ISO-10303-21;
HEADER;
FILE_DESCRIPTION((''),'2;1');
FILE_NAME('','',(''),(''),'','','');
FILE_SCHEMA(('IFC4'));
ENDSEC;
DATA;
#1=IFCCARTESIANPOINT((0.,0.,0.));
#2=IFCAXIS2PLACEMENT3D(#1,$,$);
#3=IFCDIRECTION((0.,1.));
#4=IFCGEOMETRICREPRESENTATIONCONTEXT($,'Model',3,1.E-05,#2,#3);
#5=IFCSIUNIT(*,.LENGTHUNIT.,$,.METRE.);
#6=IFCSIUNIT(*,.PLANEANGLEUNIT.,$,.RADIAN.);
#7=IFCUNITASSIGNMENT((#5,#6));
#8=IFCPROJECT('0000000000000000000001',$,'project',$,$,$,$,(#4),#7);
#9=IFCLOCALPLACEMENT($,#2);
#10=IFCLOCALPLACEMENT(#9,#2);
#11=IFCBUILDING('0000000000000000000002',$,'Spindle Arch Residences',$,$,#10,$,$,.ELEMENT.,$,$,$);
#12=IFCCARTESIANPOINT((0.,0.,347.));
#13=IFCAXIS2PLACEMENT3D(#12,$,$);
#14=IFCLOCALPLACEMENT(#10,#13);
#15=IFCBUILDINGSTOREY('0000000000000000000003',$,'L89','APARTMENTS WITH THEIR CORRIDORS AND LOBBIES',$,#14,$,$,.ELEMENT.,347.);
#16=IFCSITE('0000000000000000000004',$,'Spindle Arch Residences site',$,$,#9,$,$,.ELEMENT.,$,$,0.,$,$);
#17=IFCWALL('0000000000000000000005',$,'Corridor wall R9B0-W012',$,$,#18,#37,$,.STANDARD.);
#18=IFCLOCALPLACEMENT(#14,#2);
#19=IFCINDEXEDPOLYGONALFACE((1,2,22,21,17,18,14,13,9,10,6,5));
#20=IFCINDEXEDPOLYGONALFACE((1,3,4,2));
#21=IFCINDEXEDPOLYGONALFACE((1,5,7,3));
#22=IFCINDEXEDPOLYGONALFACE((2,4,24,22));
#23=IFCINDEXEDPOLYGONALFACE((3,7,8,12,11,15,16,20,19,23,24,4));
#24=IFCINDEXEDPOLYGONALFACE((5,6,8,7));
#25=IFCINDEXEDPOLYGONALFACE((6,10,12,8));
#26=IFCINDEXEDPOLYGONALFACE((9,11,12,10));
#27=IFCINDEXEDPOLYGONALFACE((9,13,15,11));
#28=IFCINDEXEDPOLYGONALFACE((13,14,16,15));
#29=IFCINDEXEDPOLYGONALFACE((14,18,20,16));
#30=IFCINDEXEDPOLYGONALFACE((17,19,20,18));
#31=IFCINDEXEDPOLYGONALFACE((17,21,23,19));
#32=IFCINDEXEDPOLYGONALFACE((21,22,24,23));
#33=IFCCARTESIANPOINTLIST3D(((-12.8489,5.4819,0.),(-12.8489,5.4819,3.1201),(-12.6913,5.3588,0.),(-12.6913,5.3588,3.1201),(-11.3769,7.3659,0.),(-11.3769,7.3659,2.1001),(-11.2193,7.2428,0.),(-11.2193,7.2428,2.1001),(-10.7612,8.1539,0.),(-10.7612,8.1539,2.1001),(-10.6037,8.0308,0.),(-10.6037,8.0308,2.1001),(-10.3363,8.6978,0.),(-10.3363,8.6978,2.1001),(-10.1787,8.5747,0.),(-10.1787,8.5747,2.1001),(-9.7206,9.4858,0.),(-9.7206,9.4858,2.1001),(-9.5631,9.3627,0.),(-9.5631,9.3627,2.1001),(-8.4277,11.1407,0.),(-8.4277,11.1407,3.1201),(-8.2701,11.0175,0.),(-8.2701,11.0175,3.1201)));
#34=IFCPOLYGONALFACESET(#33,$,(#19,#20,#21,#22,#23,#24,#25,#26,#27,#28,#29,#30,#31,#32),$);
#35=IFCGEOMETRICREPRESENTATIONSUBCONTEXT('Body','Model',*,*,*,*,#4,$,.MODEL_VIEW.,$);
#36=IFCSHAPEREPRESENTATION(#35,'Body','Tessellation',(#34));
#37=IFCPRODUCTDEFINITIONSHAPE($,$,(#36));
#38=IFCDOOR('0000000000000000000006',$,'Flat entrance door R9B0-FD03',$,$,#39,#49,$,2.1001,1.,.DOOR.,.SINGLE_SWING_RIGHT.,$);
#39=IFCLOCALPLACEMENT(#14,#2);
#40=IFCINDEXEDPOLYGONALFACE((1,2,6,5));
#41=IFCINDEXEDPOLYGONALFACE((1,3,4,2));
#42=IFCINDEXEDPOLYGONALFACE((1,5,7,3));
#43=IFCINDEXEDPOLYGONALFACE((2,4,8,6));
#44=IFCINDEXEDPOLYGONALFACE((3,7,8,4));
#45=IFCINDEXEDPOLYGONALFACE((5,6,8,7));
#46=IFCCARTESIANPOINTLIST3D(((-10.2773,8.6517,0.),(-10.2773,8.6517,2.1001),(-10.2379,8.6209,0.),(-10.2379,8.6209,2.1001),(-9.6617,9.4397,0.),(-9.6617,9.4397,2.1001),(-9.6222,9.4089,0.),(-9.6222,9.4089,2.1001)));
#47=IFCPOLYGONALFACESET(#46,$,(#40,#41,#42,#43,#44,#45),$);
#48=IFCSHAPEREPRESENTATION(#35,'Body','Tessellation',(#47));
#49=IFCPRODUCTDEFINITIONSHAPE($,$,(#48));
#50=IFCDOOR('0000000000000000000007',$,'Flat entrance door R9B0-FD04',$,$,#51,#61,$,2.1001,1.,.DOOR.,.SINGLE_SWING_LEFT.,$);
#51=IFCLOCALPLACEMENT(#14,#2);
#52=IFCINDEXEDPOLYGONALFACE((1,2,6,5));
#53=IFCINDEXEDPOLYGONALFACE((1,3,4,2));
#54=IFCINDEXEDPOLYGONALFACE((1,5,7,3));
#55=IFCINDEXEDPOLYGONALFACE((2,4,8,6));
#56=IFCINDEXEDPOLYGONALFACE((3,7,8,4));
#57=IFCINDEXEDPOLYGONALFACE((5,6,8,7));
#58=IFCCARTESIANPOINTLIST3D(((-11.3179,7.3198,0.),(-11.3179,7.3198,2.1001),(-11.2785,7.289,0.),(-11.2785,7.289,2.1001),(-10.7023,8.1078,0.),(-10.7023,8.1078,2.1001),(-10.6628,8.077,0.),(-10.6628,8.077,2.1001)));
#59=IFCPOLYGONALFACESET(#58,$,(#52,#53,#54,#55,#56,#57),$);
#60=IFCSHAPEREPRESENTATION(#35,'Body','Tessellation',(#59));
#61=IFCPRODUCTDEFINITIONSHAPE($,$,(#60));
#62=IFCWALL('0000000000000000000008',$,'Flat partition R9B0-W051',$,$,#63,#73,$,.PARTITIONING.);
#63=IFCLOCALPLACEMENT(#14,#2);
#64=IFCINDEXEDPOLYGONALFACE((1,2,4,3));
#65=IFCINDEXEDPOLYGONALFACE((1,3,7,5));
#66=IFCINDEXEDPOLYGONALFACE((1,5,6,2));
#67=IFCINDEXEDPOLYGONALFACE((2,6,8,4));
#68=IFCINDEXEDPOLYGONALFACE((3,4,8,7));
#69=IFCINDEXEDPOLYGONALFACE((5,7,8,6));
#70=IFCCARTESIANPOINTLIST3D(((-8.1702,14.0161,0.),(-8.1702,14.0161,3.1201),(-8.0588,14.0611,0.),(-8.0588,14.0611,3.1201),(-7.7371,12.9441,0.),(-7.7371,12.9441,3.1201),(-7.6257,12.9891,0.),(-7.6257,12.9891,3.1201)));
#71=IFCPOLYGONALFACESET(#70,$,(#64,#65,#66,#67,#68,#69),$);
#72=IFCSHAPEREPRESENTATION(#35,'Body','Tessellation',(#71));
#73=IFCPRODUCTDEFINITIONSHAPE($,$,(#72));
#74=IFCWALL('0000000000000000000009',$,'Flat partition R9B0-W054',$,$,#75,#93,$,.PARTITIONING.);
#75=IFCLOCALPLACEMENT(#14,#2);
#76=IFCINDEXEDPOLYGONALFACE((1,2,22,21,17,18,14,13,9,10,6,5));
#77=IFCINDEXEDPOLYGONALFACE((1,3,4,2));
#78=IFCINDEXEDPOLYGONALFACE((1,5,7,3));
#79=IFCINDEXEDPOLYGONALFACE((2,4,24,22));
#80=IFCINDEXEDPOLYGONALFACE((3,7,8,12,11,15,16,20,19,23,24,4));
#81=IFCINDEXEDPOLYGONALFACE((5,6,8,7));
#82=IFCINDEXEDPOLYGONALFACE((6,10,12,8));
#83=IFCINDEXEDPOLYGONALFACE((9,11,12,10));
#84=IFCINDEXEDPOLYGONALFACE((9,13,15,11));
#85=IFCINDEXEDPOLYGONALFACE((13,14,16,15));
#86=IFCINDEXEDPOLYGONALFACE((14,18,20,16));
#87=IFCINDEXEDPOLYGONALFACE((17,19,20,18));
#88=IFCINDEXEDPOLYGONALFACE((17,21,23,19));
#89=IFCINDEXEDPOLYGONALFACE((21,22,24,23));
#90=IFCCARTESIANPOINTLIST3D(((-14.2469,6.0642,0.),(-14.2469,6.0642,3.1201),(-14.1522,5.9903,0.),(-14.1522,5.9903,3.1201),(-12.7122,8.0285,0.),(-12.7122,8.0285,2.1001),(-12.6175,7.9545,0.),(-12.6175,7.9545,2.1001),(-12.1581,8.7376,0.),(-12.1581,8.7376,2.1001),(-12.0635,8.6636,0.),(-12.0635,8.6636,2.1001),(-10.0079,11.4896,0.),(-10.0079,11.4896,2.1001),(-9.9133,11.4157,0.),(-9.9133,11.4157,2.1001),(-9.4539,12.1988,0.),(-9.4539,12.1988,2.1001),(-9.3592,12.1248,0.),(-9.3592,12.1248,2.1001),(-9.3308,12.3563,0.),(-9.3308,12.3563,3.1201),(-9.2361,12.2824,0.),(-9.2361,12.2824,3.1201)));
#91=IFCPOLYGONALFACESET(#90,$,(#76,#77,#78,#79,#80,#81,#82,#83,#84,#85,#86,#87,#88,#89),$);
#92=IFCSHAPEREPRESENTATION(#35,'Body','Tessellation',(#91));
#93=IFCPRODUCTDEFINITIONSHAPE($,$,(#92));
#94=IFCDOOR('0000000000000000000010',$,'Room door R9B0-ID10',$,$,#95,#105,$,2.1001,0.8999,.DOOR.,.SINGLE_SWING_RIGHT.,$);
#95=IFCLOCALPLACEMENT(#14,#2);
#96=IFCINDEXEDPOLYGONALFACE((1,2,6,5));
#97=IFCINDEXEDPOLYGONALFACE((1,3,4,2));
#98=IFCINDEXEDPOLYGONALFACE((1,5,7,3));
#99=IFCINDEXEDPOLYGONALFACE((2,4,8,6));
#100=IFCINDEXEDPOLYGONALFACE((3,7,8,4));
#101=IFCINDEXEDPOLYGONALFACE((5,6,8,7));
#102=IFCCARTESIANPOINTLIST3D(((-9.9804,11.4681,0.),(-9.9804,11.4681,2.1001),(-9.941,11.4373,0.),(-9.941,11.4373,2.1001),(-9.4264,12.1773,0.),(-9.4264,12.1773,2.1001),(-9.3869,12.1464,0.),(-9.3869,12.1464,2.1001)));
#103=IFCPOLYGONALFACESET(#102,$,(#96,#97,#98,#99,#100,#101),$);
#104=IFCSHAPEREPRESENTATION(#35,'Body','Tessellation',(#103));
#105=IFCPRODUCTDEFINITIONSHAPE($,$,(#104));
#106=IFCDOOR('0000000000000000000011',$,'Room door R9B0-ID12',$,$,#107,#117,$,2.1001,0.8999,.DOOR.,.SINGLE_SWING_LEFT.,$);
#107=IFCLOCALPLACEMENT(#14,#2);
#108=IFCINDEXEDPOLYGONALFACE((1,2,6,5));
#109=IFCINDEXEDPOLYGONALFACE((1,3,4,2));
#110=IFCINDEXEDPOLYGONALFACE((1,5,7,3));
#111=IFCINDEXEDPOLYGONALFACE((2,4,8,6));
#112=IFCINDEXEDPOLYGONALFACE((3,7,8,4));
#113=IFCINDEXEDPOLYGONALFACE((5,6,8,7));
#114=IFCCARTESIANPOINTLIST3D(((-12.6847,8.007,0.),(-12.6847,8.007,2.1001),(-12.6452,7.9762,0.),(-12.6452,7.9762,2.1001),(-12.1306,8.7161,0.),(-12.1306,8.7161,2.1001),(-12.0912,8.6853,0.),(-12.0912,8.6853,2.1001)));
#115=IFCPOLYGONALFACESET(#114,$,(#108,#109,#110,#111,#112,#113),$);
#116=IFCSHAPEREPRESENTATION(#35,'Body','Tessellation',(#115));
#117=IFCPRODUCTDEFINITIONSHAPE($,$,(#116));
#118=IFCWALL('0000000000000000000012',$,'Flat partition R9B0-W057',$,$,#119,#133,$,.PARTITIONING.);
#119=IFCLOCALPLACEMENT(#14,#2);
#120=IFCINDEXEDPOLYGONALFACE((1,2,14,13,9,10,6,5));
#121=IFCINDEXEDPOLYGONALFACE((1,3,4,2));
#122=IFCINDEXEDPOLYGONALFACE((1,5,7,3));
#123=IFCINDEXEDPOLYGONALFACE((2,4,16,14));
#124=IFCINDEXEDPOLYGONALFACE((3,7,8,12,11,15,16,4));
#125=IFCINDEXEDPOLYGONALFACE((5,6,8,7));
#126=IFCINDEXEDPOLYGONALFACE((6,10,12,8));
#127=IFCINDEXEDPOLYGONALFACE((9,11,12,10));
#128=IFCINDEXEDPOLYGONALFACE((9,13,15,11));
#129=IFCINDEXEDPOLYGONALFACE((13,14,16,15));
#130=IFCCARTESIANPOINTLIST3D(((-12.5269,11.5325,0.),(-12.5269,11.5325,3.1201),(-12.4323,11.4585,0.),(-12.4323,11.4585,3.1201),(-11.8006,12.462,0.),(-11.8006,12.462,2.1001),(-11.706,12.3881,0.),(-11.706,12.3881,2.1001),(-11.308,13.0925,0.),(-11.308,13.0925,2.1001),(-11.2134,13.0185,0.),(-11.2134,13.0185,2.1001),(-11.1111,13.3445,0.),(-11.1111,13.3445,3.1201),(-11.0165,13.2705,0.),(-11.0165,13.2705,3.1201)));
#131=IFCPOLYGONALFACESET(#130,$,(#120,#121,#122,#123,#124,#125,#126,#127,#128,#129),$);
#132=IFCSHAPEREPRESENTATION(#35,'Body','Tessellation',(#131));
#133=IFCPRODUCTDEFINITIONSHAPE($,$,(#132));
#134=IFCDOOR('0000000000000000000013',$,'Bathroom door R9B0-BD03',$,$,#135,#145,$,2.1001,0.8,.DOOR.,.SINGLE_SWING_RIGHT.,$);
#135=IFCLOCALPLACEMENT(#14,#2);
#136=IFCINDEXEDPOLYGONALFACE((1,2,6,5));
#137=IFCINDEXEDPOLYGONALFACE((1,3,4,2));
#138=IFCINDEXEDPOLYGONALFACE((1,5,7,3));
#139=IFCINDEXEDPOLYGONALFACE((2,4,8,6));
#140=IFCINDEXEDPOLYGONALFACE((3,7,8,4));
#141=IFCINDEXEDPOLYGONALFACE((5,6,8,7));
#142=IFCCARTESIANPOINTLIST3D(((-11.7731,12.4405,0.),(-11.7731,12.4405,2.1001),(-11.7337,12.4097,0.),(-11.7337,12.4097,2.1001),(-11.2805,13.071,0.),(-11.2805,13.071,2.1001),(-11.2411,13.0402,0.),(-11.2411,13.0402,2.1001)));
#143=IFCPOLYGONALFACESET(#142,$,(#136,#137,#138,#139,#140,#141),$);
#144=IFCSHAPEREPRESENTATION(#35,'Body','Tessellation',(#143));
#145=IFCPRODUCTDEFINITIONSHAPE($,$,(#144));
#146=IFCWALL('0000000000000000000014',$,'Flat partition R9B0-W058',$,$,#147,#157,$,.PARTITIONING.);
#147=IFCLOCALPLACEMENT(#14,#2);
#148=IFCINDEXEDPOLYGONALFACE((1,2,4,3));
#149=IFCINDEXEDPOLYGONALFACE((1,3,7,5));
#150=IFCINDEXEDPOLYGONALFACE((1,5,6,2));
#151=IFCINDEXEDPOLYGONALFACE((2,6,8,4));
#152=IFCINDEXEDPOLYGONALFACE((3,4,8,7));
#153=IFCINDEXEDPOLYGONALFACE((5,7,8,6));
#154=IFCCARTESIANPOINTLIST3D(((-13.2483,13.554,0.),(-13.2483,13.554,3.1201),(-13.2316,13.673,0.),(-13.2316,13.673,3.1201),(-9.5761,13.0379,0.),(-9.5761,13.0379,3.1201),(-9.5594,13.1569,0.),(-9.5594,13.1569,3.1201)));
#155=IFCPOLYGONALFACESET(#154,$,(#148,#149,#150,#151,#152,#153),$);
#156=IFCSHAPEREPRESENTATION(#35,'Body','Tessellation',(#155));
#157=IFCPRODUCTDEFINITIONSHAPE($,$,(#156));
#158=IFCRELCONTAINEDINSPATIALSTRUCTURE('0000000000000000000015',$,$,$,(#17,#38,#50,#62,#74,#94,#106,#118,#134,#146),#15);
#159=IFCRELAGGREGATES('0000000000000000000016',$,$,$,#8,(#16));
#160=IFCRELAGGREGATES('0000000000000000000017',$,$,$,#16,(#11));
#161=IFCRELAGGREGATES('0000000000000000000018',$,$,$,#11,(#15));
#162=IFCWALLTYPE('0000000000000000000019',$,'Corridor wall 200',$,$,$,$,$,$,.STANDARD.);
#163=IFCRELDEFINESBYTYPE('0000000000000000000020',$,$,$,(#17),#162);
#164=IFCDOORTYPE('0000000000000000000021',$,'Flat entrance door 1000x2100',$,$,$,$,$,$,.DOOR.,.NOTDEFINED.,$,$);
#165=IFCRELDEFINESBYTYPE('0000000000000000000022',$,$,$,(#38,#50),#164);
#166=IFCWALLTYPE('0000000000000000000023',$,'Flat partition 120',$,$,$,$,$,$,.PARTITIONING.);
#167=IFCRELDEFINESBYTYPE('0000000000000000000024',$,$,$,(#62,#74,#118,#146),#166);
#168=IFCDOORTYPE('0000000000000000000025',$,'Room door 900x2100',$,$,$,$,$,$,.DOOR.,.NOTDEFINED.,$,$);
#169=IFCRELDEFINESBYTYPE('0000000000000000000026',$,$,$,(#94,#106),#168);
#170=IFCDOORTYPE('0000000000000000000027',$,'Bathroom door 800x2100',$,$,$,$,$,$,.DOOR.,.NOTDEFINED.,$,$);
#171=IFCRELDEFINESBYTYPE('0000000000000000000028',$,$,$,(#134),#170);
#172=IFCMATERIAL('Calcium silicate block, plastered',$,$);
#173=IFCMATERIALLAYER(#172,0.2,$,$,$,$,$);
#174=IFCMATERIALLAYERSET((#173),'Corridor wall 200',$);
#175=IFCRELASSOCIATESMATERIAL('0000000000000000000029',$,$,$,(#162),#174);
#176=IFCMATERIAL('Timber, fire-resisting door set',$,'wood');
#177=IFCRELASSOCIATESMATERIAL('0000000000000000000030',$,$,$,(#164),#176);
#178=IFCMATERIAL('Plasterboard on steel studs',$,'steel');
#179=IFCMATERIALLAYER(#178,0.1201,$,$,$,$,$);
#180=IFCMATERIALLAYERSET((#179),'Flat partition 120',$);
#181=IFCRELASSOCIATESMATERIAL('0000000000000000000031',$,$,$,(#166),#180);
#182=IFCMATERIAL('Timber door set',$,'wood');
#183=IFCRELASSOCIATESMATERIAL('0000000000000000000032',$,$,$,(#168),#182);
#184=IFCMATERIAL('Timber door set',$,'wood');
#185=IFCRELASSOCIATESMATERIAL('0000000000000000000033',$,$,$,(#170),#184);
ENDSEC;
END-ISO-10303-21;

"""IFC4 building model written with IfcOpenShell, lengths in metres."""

from ifc_helpers import new_model, si_unit, direction, frame, frame_2d, origin, place, context, subcontext, project, spatial, rectangle, extrude, material, layer, layer_set, type_object, element, fill, save


model = new_model("IFC4")

# Units and contexts
model_context = context("Model", 3, precision=1e-05, world=origin(), true_north=direction((0.0, 1.0)))
body_context = subcontext(model_context, "Body", "Model", "MODEL_VIEW")
ifc_project = project(units=[si_unit("LENGTHUNIT", "METRE"), si_unit("PLANEANGLEUNIT", "RADIAN")], contexts=[model_context])

# Site, building, storey
site_placement = place(None, origin())
site = spatial("IfcSite", under=ifc_project, at=site_placement, Name="Spindle Arch Residences site", CompositionType="ELEMENT", RefElevation=0.0)
building_placement = place(site_placement, origin())
building = spatial("IfcBuilding", under=site, at=building_placement, Name="Spindle Arch Residences", CompositionType="ELEMENT")
storey_placement = place(building_placement, frame((0.0, 0.0, 347.0)))
storey = spatial("IfcBuildingStorey", under=building, at=storey_placement, Name="L89", Description="APARTMENTS WITH THEIR CORRIDORS AND LOBBIES", CompositionType="ELEMENT", Elevation=347.0)

# Wall, openings, doors
ifc_material_1 = material(Name="Calcium silicate block, plastered")
ifc_layer_1 = layer(ifc_material_1, 0.2)
ifc_layer_set_1 = layer_set([ifc_layer_1], Name="Corridor wall 200")
wall_type_1 = type_object("IfcWallType", Name="Corridor wall 200", PredefinedType="STANDARD", material=ifc_layer_set_1)
wall_1_placement = place(storey_placement, frame((-8.3489, 11.0791, 0.0), z_axis=(0.0, 0.0, 1.0), x_axis=(-0.615669, -0.788005, 0.0)))
wall_1 = element("IfcWall", 1, at=wall_1_placement, inside=storey, type_object=wall_type_1, Name="Corridor wall R9B0-W012", PredefinedType="STANDARD", context=body_context, shape_type="SweptSolid", body=[
    extrude(rectangle(XDim=7.1812, YDim=0.2, at=frame_2d((3.5906, 0.0))), origin(), (0.0, 0.0, 1.0), 3.1201),
])
opening_1_placement = place(wall_1_placement, frame((2.1001, 0.0, 0.0)))
opening_1 = element("IfcOpeningElement", 2, at=opening_1_placement, cuts=wall_1, PredefinedType="OPENING", context=body_context, shape_type="SweptSolid", body=[
    extrude(rectangle(XDim=1.0, YDim=2.1001, at=frame_2d((0.5, 1.05))), frame((0.0, 0.1099, 0.0), z_axis=(0.0, -1.0, 0.0), x_axis=(1.0, 0.0, 0.0)), (0.0, 0.0, 1.0), 0.22),
])
opening_2_placement = place(wall_1_placement, frame((3.7903, 0.0, 0.0)))
opening_2 = element("IfcOpeningElement", 3, at=opening_2_placement, cuts=wall_1, PredefinedType="OPENING", context=body_context, shape_type="SweptSolid", body=[
    extrude(rectangle(XDim=1.0, YDim=2.1001, at=frame_2d((0.5, 1.05))), frame((0.0, 0.1099, 0.0), z_axis=(0.0, -1.0, 0.0), x_axis=(1.0, 0.0, 0.0)), (0.0, 0.0, 1.0), 0.22),
])
ifc_material_2 = material(Name="Timber, fire-resisting door set", Category="wood")
door_type_1 = type_object("IfcDoorType", Name="Flat entrance door 1000x2100", OperationType="NOTDEFINED", PredefinedType="DOOR", material=ifc_material_2)
door_1_placement = place(opening_1_placement, origin())
door_1 = element("IfcDoor", 4, at=door_1_placement, inside=storey, type_object=door_type_1, Name="Flat entrance door R9B0-FD03", OperationType="SINGLE_SWING_RIGHT", OverallHeight=2.1001, OverallWidth=1.0, PredefinedType="DOOR", context=body_context, shape_type="SweptSolid", body=[
    extrude(rectangle(XDim=1.0, YDim=2.1001, at=frame_2d((0.5, 1.05))), frame((0.0, 0.0249, 0.0), z_axis=(0.0, -1.0, 0.0), x_axis=(1.0, 0.0, 0.0)), (0.0, 0.0, 1.0), 0.05),
])
fill(opening_1, door_1)
door_2_placement = place(opening_2_placement, origin())
door_2 = element("IfcDoor", 5, at=door_2_placement, inside=storey, type_object=door_type_1, Name="Flat entrance door R9B0-FD04", OperationType="SINGLE_SWING_LEFT", OverallHeight=2.1001, OverallWidth=1.0, PredefinedType="DOOR", context=body_context, shape_type="SweptSolid", body=[
    extrude(rectangle(XDim=1.0, YDim=2.1001, at=frame_2d((0.5, 1.05))), frame((0.0, 0.0249, 0.0), z_axis=(0.0, -1.0, 0.0), x_axis=(1.0, 0.0, 0.0)), (0.0, 0.0, 1.0), 0.05),
])
fill(opening_2, door_2)

# Wall
ifc_material_3 = material(Name="Plasterboard on steel studs", Category="steel")
ifc_layer_2 = layer(ifc_material_3, 0.1201)
ifc_layer_set_2 = layer_set([ifc_layer_2], Name="Flat partition 120")
wall_type_2 = type_object("IfcWallType", Name="Flat partition 120", PredefinedType="PARTITIONING", material=ifc_layer_set_2)
wall_2_placement = place(storey_placement, frame((-7.6814, 12.9666, 0.0), z_axis=(0.0, 0.0, 1.0), x_axis=(-0.374592, 0.92719, 0.0)))
element("IfcWall", 6, at=wall_2_placement, inside=storey, type_object=wall_type_2, Name="Flat partition R9B0-W051", PredefinedType="PARTITIONING", context=body_context, shape_type="SweptSolid", body=[
    extrude(rectangle(XDim=1.1562, YDim=0.1201, at=frame_2d((0.5781, 0.0))), origin(), (0.0, 0.0, 1.0), 3.1201),
])

# Wall, openings, doors
wall_3_placement = place(storey_placement, frame((-9.2834, 12.3193, 0.0), z_axis=(0.0, 0.0, 1.0), x_axis=(-0.615675, -0.788, 0.0)))
wall_3 = element("IfcWall", 7, at=wall_3_placement, inside=storey, type_object=wall_type_2, Name="Flat partition R9B0-W054", PredefinedType="PARTITIONING", context=body_context, shape_type="SweptSolid", body=[
    extrude(rectangle(XDim=7.9849, YDim=0.1201, at=frame_2d((3.9924, 0.0))), origin(), (0.0, 0.0, 1.0), 3.1201),
])
opening_3_placement = place(wall_3_placement, frame((0.2, 0.0, 0.0)))
opening_3 = element("IfcOpeningElement", 8, at=opening_3_placement, cuts=wall_3, PredefinedType="OPENING", context=body_context, shape_type="SweptSolid", body=[
    extrude(rectangle(XDim=0.8999, YDim=2.1001, at=frame_2d((0.45, 1.05))), frame((0.0, 0.0701, 0.0), z_axis=(0.0, -1.0, 0.0), x_axis=(1.0, 0.0, 0.0)), (0.0, 0.0, 1.0), 0.1401),
])
opening_4_placement = place(wall_3_placement, frame((4.5923, 0.0, 0.0)))
opening_4 = element("IfcOpeningElement", 9, at=opening_4_placement, cuts=wall_3, PredefinedType="OPENING", context=body_context, shape_type="SweptSolid", body=[
    extrude(rectangle(XDim=0.8999, YDim=2.1001, at=frame_2d((0.45, 1.05))), frame((0.0, 0.0701, 0.0), z_axis=(0.0, -1.0, 0.0), x_axis=(1.0, 0.0, 0.0)), (0.0, 0.0, 1.0), 0.1401),
])
ifc_material_4 = material(Name="Timber door set", Category="wood")
door_type_2 = type_object("IfcDoorType", Name="Room door 900x2100", OperationType="NOTDEFINED", PredefinedType="DOOR", material=ifc_material_4)
door_3_placement = place(opening_3_placement, origin())
door_3 = element("IfcDoor", 10, at=door_3_placement, inside=storey, type_object=door_type_2, Name="Room door R9B0-ID10", OperationType="SINGLE_SWING_RIGHT", OverallHeight=2.1001, OverallWidth=0.8999, PredefinedType="DOOR", context=body_context, shape_type="SweptSolid", body=[
    extrude(rectangle(XDim=0.8999, YDim=2.1001, at=frame_2d((0.45, 1.05))), frame((0.0, 0.0249, 0.0), z_axis=(0.0, -1.0, 0.0), x_axis=(1.0, 0.0, 0.0)), (0.0, 0.0, 1.0), 0.05),
])
fill(opening_3, door_3)
door_4_placement = place(opening_4_placement, origin())
door_4 = element("IfcDoor", 11, at=door_4_placement, inside=storey, type_object=door_type_2, Name="Room door R9B0-ID12", OperationType="SINGLE_SWING_LEFT", OverallHeight=2.1001, OverallWidth=0.8999, PredefinedType="DOOR", context=body_context, shape_type="SweptSolid", body=[
    extrude(rectangle(XDim=0.8999, YDim=2.1001, at=frame_2d((0.45, 1.05))), frame((0.0, 0.0249, 0.0), z_axis=(0.0, -1.0, 0.0), x_axis=(1.0, 0.0, 0.0)), (0.0, 0.0, 1.0), 0.05),
])
fill(opening_4, door_4)

# Wall, opening, door
wall_4_placement = place(storey_placement, frame((-11.0637, 13.3076, 0.0), z_axis=(0.0, 0.0, 1.0), x_axis=(-0.615681, -0.787995, 0.0)))
wall_4 = element("IfcWall", 12, at=wall_4_placement, inside=storey, type_object=wall_type_2, Name="Flat partition R9B0-W057", PredefinedType="PARTITIONING", context=body_context, shape_type="SweptSolid", body=[
    extrude(rectangle(XDim=2.2996, YDim=0.1201, at=frame_2d((1.1499, 0.0))), origin(), (0.0, 0.0, 1.0), 3.1201),
])
opening_5_placement = place(wall_4_placement, frame((0.3201, 0.0, 0.0)))
opening_5 = element("IfcOpeningElement", 13, at=opening_5_placement, cuts=wall_4, PredefinedType="OPENING", context=body_context, shape_type="SweptSolid", body=[
    extrude(rectangle(XDim=0.8, YDim=2.1001, at=frame_2d((0.3999, 1.05))), frame((0.0, 0.0701, 0.0), z_axis=(0.0, -1.0, 0.0), x_axis=(1.0, 0.0, 0.0)), (0.0, 0.0, 1.0), 0.1401),
])
ifc_material_5 = material(Name="Timber door set", Category="wood")
door_type_3 = type_object("IfcDoorType", Name="Bathroom door 800x2100", OperationType="NOTDEFINED", PredefinedType="DOOR", material=ifc_material_5)
door_5_placement = place(opening_5_placement, origin())
door_5 = element("IfcDoor", 14, at=door_5_placement, inside=storey, type_object=door_type_3, Name="Bathroom door R9B0-BD03", OperationType="SINGLE_SWING_RIGHT", OverallHeight=2.1001, OverallWidth=0.8, PredefinedType="DOOR", context=body_context, shape_type="SweptSolid", body=[
    extrude(rectangle(XDim=0.8, YDim=2.1001, at=frame_2d((0.3999, 1.05))), frame((0.0, 0.0249, 0.0), z_axis=(0.0, -1.0, 0.0), x_axis=(1.0, 0.0, 0.0)), (0.0, 0.0, 1.0), 0.05),
])
fill(opening_5, door_5)

# Wall
wall_5_placement = place(storey_placement, frame((-9.5679, 13.0974, 0.0), z_axis=(0.0, 0.0, 1.0), x_axis=(-0.990267, 0.139181, 0.0)))
element("IfcWall", 15, at=wall_5_placement, inside=storey, type_object=wall_type_2, Name="Flat partition R9B0-W058", PredefinedType="PARTITIONING", context=body_context, shape_type="SweptSolid", body=[
    extrude(rectangle(XDim=3.7083, YDim=0.1201, at=frame_2d((1.854, 0.0))), origin(), (0.0, 0.0, 1.0), 3.1201),
])

save(model, "model.ifc")
